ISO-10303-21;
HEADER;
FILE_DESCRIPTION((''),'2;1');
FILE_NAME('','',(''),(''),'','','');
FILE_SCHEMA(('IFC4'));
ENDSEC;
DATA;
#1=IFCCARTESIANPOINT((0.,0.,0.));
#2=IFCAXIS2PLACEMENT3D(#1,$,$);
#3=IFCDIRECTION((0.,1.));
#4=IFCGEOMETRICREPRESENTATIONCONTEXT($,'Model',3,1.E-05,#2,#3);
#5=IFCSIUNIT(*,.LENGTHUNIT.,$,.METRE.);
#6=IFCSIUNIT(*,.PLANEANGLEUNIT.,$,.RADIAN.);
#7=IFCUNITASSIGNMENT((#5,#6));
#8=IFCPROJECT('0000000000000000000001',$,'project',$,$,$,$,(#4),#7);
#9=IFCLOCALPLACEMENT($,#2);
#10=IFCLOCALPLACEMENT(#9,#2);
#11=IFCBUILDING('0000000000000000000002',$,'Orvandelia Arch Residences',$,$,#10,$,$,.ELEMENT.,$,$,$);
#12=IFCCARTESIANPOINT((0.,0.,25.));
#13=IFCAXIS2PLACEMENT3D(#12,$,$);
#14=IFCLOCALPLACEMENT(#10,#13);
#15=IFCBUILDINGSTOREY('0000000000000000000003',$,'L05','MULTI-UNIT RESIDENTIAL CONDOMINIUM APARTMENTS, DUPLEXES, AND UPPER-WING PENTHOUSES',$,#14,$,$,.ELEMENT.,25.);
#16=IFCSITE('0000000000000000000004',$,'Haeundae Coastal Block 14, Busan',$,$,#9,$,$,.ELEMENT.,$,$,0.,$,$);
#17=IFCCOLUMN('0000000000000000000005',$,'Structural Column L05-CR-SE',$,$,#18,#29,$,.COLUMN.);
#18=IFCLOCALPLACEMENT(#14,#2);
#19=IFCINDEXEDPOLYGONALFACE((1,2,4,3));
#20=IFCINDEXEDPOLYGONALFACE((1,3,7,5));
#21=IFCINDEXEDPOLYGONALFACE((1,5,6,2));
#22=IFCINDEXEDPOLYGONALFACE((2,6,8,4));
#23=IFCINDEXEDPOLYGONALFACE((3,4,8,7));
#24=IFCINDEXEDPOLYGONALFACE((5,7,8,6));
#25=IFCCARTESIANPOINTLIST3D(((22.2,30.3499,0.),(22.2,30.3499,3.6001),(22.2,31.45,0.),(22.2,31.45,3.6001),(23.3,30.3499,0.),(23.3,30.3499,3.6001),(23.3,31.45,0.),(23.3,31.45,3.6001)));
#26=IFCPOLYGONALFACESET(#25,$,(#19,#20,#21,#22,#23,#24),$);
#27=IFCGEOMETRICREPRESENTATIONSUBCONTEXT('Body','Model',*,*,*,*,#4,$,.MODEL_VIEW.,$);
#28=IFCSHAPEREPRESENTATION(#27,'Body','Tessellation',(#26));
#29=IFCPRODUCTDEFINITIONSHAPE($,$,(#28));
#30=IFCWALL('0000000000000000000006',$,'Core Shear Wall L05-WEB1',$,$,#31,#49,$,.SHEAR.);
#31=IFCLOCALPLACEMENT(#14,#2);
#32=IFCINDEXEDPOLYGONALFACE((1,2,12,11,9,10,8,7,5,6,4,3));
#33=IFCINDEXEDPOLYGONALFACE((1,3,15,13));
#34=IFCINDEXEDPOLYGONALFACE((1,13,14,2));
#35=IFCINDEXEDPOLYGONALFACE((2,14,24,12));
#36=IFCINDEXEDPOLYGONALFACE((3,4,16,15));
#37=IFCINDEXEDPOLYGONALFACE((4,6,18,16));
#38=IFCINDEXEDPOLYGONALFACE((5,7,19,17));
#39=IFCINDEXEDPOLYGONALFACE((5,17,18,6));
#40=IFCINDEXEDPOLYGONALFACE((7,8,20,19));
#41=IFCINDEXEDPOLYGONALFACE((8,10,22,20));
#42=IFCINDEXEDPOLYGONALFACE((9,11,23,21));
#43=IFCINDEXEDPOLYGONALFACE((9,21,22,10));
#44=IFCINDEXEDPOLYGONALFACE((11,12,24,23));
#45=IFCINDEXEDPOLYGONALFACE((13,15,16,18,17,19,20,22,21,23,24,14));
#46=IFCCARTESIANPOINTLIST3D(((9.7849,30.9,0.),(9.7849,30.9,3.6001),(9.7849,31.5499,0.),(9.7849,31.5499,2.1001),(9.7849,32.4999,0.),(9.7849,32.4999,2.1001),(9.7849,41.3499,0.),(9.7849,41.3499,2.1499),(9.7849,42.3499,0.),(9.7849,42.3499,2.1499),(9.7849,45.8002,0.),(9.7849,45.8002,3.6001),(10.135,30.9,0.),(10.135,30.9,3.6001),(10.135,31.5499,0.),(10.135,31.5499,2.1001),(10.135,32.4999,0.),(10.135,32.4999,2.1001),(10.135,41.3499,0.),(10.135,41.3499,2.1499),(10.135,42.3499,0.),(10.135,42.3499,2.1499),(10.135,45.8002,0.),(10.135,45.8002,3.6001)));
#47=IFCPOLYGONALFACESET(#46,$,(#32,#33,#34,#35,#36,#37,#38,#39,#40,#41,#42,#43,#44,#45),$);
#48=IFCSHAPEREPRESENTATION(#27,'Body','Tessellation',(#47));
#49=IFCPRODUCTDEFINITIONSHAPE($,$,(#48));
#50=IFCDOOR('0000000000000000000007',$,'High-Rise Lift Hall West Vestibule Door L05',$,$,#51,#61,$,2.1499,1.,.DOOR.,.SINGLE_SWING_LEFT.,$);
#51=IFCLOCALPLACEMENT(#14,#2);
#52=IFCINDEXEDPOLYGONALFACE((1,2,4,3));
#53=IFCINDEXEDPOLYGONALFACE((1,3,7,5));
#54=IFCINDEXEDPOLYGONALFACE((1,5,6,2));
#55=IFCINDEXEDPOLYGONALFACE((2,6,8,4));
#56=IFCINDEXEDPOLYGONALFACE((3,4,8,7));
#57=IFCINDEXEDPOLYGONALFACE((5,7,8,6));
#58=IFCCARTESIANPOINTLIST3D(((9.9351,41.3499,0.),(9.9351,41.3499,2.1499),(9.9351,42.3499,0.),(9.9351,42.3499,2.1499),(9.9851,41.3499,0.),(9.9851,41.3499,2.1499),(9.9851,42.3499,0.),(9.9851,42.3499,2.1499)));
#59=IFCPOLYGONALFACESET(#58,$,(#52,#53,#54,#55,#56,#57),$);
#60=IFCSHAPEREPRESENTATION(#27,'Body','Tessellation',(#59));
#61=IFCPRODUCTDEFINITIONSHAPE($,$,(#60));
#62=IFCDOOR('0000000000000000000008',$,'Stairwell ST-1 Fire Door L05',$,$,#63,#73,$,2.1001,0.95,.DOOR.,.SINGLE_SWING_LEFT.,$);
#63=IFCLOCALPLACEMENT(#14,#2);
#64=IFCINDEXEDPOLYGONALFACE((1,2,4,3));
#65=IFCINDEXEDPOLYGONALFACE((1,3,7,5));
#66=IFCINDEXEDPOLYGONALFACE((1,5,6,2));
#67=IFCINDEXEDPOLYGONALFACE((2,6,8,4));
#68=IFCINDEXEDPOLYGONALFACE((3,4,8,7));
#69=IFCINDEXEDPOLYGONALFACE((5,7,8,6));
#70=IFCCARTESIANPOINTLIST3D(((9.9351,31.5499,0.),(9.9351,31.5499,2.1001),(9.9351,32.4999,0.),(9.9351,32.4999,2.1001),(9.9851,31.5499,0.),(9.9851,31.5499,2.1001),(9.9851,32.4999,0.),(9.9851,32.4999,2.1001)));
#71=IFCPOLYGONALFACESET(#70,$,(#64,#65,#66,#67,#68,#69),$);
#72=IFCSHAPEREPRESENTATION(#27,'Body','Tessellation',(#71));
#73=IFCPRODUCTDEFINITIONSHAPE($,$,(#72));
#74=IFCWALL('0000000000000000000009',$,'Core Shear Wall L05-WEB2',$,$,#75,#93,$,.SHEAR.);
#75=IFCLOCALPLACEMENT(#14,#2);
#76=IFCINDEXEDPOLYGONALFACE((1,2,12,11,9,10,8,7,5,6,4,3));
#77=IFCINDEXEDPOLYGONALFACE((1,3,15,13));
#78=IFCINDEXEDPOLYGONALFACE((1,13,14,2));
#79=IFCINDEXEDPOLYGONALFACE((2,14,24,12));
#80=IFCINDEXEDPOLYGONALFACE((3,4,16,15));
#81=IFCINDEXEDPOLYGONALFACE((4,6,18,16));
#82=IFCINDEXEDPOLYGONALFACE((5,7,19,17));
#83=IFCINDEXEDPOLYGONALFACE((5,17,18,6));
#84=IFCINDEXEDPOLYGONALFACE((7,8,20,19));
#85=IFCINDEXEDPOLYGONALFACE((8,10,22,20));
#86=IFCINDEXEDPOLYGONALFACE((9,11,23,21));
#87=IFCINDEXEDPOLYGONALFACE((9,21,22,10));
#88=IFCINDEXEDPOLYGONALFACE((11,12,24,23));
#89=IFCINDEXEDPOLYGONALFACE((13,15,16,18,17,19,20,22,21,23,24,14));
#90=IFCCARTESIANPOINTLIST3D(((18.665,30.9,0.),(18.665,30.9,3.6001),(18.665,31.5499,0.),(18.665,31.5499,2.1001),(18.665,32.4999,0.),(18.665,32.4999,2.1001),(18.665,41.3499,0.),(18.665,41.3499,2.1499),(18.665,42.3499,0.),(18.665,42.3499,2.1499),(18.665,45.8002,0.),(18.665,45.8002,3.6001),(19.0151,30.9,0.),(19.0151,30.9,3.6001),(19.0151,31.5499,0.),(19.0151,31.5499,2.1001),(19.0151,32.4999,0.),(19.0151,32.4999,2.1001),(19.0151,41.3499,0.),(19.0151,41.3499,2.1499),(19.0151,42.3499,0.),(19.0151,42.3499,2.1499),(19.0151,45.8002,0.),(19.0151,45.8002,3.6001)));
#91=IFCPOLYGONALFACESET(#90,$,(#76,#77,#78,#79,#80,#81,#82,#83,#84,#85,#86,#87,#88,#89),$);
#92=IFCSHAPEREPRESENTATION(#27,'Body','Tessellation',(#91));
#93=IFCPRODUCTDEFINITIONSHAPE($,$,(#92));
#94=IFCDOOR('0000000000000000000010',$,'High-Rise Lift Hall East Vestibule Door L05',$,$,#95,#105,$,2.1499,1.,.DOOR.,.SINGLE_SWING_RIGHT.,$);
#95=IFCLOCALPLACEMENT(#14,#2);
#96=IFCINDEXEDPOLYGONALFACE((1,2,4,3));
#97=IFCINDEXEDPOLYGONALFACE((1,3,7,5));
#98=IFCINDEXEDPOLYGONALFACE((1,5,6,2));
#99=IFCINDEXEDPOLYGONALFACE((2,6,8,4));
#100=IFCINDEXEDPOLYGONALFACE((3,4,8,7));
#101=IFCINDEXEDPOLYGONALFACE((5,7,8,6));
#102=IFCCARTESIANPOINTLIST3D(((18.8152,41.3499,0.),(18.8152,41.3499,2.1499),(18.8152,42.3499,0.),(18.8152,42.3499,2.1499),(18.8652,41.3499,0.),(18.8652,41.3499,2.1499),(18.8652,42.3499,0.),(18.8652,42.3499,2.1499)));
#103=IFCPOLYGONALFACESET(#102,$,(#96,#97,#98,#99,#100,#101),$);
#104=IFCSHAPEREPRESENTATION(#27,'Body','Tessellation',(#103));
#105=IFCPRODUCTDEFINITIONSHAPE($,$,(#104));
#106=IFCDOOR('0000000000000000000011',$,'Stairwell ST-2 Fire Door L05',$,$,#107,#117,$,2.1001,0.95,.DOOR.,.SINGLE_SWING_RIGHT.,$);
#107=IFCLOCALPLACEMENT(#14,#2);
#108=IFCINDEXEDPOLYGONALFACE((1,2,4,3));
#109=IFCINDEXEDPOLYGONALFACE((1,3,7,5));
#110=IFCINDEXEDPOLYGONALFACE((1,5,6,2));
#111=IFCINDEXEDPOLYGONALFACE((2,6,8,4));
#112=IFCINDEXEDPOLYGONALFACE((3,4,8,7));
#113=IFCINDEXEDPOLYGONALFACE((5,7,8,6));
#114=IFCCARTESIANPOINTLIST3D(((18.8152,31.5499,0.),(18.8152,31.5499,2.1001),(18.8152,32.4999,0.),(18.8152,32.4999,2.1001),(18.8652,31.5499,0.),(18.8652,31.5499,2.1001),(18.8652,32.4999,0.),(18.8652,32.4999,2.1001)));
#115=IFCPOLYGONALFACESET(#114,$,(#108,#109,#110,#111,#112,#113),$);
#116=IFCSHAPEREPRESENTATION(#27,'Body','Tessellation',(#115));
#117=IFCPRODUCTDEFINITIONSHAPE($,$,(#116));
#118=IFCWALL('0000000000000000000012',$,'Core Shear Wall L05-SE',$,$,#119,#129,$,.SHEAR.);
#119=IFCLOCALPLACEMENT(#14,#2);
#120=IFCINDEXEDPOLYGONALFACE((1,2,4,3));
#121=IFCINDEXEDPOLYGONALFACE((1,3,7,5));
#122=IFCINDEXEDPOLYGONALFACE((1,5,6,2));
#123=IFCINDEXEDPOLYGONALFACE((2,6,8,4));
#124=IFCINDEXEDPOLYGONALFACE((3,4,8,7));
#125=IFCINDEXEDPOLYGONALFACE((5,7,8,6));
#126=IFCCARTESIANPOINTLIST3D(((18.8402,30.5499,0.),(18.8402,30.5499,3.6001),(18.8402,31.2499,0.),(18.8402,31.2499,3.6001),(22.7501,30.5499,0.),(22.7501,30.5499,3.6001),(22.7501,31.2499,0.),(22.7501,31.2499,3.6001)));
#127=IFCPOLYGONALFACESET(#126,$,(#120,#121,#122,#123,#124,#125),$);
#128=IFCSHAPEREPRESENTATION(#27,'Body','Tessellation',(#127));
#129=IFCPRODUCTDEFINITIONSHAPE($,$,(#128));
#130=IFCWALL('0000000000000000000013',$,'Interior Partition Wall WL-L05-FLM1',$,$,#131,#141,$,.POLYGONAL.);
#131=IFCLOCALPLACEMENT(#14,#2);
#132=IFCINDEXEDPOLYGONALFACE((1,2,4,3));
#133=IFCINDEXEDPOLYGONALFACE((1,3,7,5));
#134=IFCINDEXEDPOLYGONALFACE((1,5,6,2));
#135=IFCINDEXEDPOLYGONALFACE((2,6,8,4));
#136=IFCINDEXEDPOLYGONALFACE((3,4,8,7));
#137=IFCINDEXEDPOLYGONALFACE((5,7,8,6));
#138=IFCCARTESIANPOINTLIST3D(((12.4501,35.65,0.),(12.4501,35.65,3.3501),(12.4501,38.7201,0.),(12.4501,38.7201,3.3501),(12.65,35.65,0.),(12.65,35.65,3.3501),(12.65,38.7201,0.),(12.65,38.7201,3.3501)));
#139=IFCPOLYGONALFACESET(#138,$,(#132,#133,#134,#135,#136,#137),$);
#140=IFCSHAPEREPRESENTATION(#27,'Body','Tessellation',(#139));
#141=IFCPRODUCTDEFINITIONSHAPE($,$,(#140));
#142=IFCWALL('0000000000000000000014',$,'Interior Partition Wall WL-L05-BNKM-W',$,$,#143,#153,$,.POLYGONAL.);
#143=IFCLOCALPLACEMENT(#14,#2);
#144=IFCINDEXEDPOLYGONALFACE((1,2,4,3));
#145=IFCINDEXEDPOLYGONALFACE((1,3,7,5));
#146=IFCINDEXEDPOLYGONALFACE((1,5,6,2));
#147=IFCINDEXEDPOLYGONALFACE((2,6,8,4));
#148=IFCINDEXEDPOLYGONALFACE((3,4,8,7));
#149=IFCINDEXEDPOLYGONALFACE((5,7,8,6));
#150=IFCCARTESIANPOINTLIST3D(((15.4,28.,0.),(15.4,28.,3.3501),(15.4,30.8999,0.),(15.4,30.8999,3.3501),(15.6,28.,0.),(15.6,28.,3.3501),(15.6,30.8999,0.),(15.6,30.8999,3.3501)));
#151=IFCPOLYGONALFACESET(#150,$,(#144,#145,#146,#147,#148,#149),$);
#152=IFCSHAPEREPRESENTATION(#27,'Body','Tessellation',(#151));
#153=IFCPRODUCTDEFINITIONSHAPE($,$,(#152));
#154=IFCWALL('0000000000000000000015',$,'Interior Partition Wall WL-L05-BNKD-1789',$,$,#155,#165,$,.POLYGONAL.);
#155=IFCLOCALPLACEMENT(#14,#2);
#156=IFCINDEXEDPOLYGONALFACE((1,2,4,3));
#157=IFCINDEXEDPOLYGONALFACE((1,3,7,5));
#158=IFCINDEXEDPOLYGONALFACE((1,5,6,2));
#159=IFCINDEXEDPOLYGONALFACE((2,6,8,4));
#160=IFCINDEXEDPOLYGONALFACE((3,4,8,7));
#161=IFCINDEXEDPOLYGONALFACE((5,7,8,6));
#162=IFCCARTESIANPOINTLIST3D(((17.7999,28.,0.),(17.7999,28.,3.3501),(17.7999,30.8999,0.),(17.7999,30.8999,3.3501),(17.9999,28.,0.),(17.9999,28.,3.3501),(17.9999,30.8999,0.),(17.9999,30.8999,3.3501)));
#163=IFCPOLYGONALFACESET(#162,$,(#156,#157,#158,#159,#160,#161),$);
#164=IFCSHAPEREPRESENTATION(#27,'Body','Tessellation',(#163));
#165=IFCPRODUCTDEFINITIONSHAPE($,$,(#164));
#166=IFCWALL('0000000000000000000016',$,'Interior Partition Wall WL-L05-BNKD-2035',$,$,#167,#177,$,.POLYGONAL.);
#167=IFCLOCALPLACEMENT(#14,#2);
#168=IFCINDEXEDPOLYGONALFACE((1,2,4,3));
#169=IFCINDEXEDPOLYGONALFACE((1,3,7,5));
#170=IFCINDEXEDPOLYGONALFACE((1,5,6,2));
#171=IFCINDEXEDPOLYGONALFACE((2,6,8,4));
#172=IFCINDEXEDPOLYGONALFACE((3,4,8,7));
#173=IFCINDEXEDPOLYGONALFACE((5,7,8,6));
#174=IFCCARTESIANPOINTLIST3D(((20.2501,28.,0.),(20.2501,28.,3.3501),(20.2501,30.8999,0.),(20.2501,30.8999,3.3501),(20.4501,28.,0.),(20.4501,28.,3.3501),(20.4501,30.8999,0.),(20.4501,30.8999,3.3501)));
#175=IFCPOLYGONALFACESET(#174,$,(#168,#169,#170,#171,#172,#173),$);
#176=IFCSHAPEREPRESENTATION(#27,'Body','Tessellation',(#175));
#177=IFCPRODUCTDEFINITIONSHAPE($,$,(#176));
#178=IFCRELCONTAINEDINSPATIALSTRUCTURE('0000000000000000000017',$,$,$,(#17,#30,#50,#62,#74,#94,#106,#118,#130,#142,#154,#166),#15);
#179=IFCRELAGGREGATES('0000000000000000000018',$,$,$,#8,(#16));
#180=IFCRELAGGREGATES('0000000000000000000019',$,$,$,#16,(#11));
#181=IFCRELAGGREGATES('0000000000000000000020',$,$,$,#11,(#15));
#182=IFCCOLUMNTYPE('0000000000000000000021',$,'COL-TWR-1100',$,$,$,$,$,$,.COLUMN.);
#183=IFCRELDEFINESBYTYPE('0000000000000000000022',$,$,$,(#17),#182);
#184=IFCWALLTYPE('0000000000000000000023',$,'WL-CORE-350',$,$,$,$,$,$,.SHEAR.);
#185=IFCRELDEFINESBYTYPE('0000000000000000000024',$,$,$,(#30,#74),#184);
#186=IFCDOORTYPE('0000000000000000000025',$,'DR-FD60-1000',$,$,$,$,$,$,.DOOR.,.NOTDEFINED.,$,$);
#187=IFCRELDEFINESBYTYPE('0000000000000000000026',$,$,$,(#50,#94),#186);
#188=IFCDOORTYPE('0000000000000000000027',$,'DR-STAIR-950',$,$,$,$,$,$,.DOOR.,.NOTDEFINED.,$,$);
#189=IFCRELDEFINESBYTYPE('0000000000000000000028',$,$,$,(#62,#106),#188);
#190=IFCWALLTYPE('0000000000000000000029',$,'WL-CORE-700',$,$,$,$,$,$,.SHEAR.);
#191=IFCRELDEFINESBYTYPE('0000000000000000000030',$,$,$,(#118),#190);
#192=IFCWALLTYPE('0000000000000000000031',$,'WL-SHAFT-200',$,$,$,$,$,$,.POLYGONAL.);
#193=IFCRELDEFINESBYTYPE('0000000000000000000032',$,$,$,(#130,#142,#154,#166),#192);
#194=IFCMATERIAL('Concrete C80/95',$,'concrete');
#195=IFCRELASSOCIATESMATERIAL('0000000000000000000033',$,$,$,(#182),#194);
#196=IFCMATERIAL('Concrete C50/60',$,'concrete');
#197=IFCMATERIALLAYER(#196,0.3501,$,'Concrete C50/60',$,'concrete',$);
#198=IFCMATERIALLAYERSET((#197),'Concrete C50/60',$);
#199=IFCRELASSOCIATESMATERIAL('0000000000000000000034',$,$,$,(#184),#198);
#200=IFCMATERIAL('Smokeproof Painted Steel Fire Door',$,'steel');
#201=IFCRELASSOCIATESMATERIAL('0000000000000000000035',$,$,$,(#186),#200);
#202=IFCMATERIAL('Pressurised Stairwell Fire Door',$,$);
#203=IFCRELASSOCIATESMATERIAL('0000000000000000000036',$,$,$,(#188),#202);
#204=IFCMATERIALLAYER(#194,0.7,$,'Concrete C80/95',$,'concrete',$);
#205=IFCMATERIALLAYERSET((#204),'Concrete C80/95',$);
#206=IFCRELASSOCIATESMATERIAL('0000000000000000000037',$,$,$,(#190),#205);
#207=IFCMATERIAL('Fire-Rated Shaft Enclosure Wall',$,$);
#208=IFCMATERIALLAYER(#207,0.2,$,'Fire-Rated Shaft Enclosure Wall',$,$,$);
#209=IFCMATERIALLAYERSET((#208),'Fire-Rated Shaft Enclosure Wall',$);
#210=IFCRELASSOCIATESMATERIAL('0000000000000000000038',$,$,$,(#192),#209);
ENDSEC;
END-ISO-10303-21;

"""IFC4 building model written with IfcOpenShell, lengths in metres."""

from ifc_helpers import new_model, si_unit, direction, frame, frame_2d, origin, origin_2d, place, context, subcontext, project, spatial, rectangle, extrude, material, layer, layer_set, material_profile, profile_set, type_object, element, fill, save


model = new_model("IFC4")

# Units and contexts
model_context = context("Model", 3, precision=1e-05, world=origin(), true_north=direction((0.0, 1.0)))
body_context = subcontext(model_context, "Body", "Model", "MODEL_VIEW")
ifc_project = project(units=[si_unit("LENGTHUNIT", "METRE"), si_unit("PLANEANGLEUNIT", "RADIAN")], contexts=[model_context])

# Site, building, storey
site_placement = place(None, origin())
site = spatial("IfcSite", under=ifc_project, at=site_placement, Name="Haeundae Coastal Block 14, Busan", CompositionType="ELEMENT", RefElevation=0.0)
building_placement = place(site_placement, origin())
building = spatial("IfcBuilding", under=site, at=building_placement, Name="Orvandelia Arch Residences", CompositionType="ELEMENT")
storey_placement = place(building_placement, frame((0.0, 0.0, 25.0)))
storey = spatial("IfcBuildingStorey", under=building, at=storey_placement, Name="L05", Description="MULTI-UNIT RESIDENTIAL CONDOMINIUM APARTMENTS, DUPLEXES, AND UPPER-WING PENTHOUSES", CompositionType="ELEMENT", Elevation=25.0)

# Column
ifc_material_1 = material(Name="Concrete C80/95", Category="concrete")
ifc_material_profile = material_profile(ifc_material_1, rectangle(XDim=1.1001, YDim=1.1001, at=origin_2d()), Name="Concrete C80/95", Category="concrete")
ifc_profile_set = profile_set([ifc_material_profile], Name="Concrete C80/95")
column_type = type_object("IfcColumnType", Name="COL-TWR-1100", PredefinedType="COLUMN", material=ifc_profile_set)
column_placement = place(storey_placement, frame((22.75, 30.8999, 0.0), z_axis=(0.0, 0.0, 1.0), x_axis=(1.0, 0.0, 0.0)))
element("IfcColumn", 1, at=column_placement, inside=storey, type_object=column_type, Name="Structural Column L05-CR-SE", PredefinedType="COLUMN", context=body_context, shape_type="SweptSolid", body=[
    extrude(rectangle(XDim=1.1001, YDim=1.1001, at=origin_2d()), origin(), (0.0, 0.0, 1.0), 3.6001),
])

# Walls, openings, doors
ifc_material_2 = material(Name="Concrete C50/60", Category="concrete")
ifc_layer_1 = layer(ifc_material_2, 0.3501, Name="Concrete C50/60", Category="concrete")
ifc_layer_set_1 = layer_set([ifc_layer_1], Name="Concrete C50/60")
wall_type_1 = type_object("IfcWallType", Name="WL-CORE-350", PredefinedType="SHEAR", material=ifc_layer_set_1)
wall_1_placement = place(storey_placement, frame((9.96, 30.8999, 0.0), z_axis=(0.0, 0.0, 1.0), x_axis=(0.0, 1.0, 0.0)))
wall_1 = element("IfcWall", 2, at=wall_1_placement, inside=storey, type_object=wall_type_1, Name="Core Shear Wall L05-WEB1", PredefinedType="SHEAR", context=body_context, shape_type="SweptSolid", body=[
    extrude(rectangle(XDim=14.9001, YDim=0.3501, at=frame_2d((7.4502, 0.0))), origin(), (0.0, 0.0, 1.0), 3.6001),
])
opening_1_placement = place(wall_1_placement, frame((0.6499, 0.0, 0.0)))
opening_1 = element("IfcOpeningElement", 3, at=opening_1_placement, cuts=wall_1, PredefinedType="OPENING", context=body_context, shape_type="SweptSolid", body=[
    extrude(rectangle(XDim=0.95, YDim=2.1001, at=frame_2d((0.4751, 1.05))), frame((0.0, 0.1851, 0.0), z_axis=(0.0, -1.0, 0.0), x_axis=(1.0, 0.0, 0.0)), (0.0, 0.0, 1.0), 0.3701),
])
opening_2_placement = place(wall_1_placement, frame((10.45, 0.0, 0.0)))
opening_2 = element("IfcOpeningElement", 4, at=opening_2_placement, cuts=wall_1, PredefinedType="OPENING", context=body_context, shape_type="SweptSolid", body=[
    extrude(rectangle(XDim=1.0, YDim=2.1499, at=frame_2d((0.5, 1.075))), frame((0.0, 0.1851, 0.0), z_axis=(0.0, -1.0, 0.0), x_axis=(1.0, 0.0, 0.0)), (0.0, 0.0, 1.0), 0.3701),
])
ifc_material_3 = material(Name="Smokeproof Painted Steel Fire Door", Category="steel")
door_type_1 = type_object("IfcDoorType", Name="DR-FD60-1000", OperationType="NOTDEFINED", PredefinedType="DOOR", material=ifc_material_3)
door_1_placement = place(opening_2_placement, origin())
door_1 = element("IfcDoor", 5, at=door_1_placement, inside=storey, type_object=door_type_1, Name="High-Rise Lift Hall West Vestibule Door L05", OperationType="SINGLE_SWING_LEFT", OverallHeight=2.1499, OverallWidth=1.0, PredefinedType="DOOR", context=body_context, shape_type="SweptSolid", body=[
    extrude(rectangle(XDim=1.0, YDim=2.1499, at=frame_2d((0.5, 1.075))), frame((0.0, 0.0249, 0.0), z_axis=(0.0, -1.0, 0.0), x_axis=(1.0, 0.0, 0.0)), (0.0, 0.0, 1.0), 0.05),
])
fill(opening_2, door_1)
ifc_material_4 = material(Name="Pressurised Stairwell Fire Door")
door_type_2 = type_object("IfcDoorType", Name="DR-STAIR-950", OperationType="NOTDEFINED", PredefinedType="DOOR", material=ifc_material_4)
door_2_placement = place(opening_1_placement, origin())
door_2 = element("IfcDoor", 6, at=door_2_placement, inside=storey, type_object=door_type_2, Name="Stairwell ST-1 Fire Door L05", OperationType="SINGLE_SWING_LEFT", OverallHeight=2.1001, OverallWidth=0.95, PredefinedType="DOOR", context=body_context, shape_type="SweptSolid", body=[
    extrude(rectangle(XDim=0.95, YDim=2.1001, at=frame_2d((0.4751, 1.05))), frame((0.0, 0.0249, 0.0), z_axis=(0.0, -1.0, 0.0), x_axis=(1.0, 0.0, 0.0)), (0.0, 0.0, 1.0), 0.05),
])
fill(opening_1, door_2)
wall_2_placement = place(storey_placement, frame((18.8401, 30.8999, 0.0), z_axis=(0.0, 0.0, 1.0), x_axis=(0.0, 1.0, 0.0)))
wall_2 = element("IfcWall", 7, at=wall_2_placement, inside=storey, type_object=wall_type_1, Name="Core Shear Wall L05-WEB2", PredefinedType="SHEAR", context=body_context, shape_type="SweptSolid", body=[
    extrude(rectangle(XDim=14.9001, YDim=0.3501, at=frame_2d((7.4502, 0.0))), origin(), (0.0, 0.0, 1.0), 3.6001),
])
opening_3_placement = place(wall_2_placement, frame((0.6499, 0.0, 0.0)))
opening_3 = element("IfcOpeningElement", 8, at=opening_3_placement, cuts=wall_2, PredefinedType="OPENING", context=body_context, shape_type="SweptSolid", body=[
    extrude(rectangle(XDim=0.95, YDim=2.1001, at=frame_2d((0.4751, 1.05))), frame((0.0, 0.1851, 0.0), z_axis=(0.0, -1.0, 0.0), x_axis=(1.0, 0.0, 0.0)), (0.0, 0.0, 1.0), 0.3701),
])
opening_4_placement = place(wall_2_placement, frame((10.45, 0.0, 0.0)))
opening_4 = element("IfcOpeningElement", 9, at=opening_4_placement, cuts=wall_2, PredefinedType="OPENING", context=body_context, shape_type="SweptSolid", body=[
    extrude(rectangle(XDim=1.0, YDim=2.1499, at=frame_2d((0.5, 1.075))), frame((0.0, 0.1851, 0.0), z_axis=(0.0, -1.0, 0.0), x_axis=(1.0, 0.0, 0.0)), (0.0, 0.0, 1.0), 0.3701),
])
door_3_placement = place(opening_4_placement, origin())
door_3 = element("IfcDoor", 10, at=door_3_placement, inside=storey, type_object=door_type_1, Name="High-Rise Lift Hall East Vestibule Door L05", OperationType="SINGLE_SWING_RIGHT", OverallHeight=2.1499, OverallWidth=1.0, PredefinedType="DOOR", context=body_context, shape_type="SweptSolid", body=[
    extrude(rectangle(XDim=1.0, YDim=2.1499, at=frame_2d((0.5, 1.075))), frame((0.0, 0.0249, 0.0), z_axis=(0.0, -1.0, 0.0), x_axis=(1.0, 0.0, 0.0)), (0.0, 0.0, 1.0), 0.05),
])
fill(opening_4, door_3)
door_4_placement = place(opening_3_placement, origin())
door_4 = element("IfcDoor", 11, at=door_4_placement, inside=storey, type_object=door_type_2, Name="Stairwell ST-2 Fire Door L05", OperationType="SINGLE_SWING_RIGHT", OverallHeight=2.1001, OverallWidth=0.95, PredefinedType="DOOR", context=body_context, shape_type="SweptSolid", body=[
    extrude(rectangle(XDim=0.95, YDim=2.1001, at=frame_2d((0.4751, 1.05))), frame((0.0, 0.0249, 0.0), z_axis=(0.0, -1.0, 0.0), x_axis=(1.0, 0.0, 0.0)), (0.0, 0.0, 1.0), 0.05),
])
fill(opening_3, door_4)

# Shared definitions
ifc_layer_2 = layer(ifc_material_1, 0.7, Name="Concrete C80/95", Category="concrete")
ifc_layer_set_2 = layer_set([ifc_layer_2], Name="Concrete C80/95")
wall_type_2 = type_object("IfcWallType", Name="WL-CORE-700", PredefinedType="SHEAR", material=ifc_layer_set_2)

# Walls
wall_3_placement = place(storey_placement, frame((18.8401, 30.8999, 0.0), z_axis=(0.0, 0.0, 1.0), x_axis=(1.0, 0.0, 0.0)))
element("IfcWall", 12, at=wall_3_placement, inside=storey, type_object=wall_type_2, Name="Core Shear Wall L05-SE", PredefinedType="SHEAR", context=body_context, shape_type="SweptSolid", body=[
    extrude(rectangle(XDim=3.9099, YDim=0.7, at=frame_2d((1.9551, 0.0))), origin(), (0.0, 0.0, 1.0), 3.6001),
])
ifc_material_5 = material(Name="Fire-Rated Shaft Enclosure Wall")
ifc_layer_3 = layer(ifc_material_5, 0.2, Name="Fire-Rated Shaft Enclosure Wall")
ifc_layer_set_3 = layer_set([ifc_layer_3], Name="Fire-Rated Shaft Enclosure Wall")
wall_type_3 = type_object("IfcWallType", Name="WL-SHAFT-200", PredefinedType="POLYGONAL", material=ifc_layer_set_3)
wall_4_placement = place(storey_placement, frame((12.55, 35.6499, 0.0), z_axis=(0.0, 0.0, 1.0), x_axis=(0.0, 1.0, 0.0)))
element("IfcWall", 13, at=wall_4_placement, inside=storey, type_object=wall_type_3, Name="Interior Partition Wall WL-L05-FLM1", PredefinedType="POLYGONAL", context=body_context, shape_type="SweptSolid", body=[
    extrude(rectangle(XDim=3.0701, YDim=0.2, at=frame_2d((1.5352, 0.0))), origin(), (0.0, 0.0, 1.0), 3.3501),
])
for number, where, z_axis, x_axis, name in (
    (14, (15.5, 28.0, 0.0), (0.0, 0.0, 1.0), (0.0, 1.0, 0.0), "Interior Partition Wall WL-L05-BNKM-W"),
    (15, (17.8999, 28.0, 0.0), (0.0, 0.0, 1.0), (0.0, 1.0, 0.0), "Interior Partition Wall WL-L05-BNKD-1789"),
    (16, (20.3501, 28.0, 0.0), (0.0, 0.0, 1.0), (0.0, 1.0, 0.0), "Interior Partition Wall WL-L05-BNKD-2035"),
):
    element("IfcWall", number, at=place(storey_placement, frame(where, z_axis=z_axis, x_axis=x_axis)), inside=storey, type_object=wall_type_3, Name=name, PredefinedType="POLYGONAL", context=body_context, shape_type="SweptSolid", body=[
        extrude(rectangle(XDim=2.8999, YDim=0.2, at=frame_2d((1.45, 0.0))), origin(), (0.0, 0.0, 1.0), 3.3501),
    ])

save(model, "model.ifc")
